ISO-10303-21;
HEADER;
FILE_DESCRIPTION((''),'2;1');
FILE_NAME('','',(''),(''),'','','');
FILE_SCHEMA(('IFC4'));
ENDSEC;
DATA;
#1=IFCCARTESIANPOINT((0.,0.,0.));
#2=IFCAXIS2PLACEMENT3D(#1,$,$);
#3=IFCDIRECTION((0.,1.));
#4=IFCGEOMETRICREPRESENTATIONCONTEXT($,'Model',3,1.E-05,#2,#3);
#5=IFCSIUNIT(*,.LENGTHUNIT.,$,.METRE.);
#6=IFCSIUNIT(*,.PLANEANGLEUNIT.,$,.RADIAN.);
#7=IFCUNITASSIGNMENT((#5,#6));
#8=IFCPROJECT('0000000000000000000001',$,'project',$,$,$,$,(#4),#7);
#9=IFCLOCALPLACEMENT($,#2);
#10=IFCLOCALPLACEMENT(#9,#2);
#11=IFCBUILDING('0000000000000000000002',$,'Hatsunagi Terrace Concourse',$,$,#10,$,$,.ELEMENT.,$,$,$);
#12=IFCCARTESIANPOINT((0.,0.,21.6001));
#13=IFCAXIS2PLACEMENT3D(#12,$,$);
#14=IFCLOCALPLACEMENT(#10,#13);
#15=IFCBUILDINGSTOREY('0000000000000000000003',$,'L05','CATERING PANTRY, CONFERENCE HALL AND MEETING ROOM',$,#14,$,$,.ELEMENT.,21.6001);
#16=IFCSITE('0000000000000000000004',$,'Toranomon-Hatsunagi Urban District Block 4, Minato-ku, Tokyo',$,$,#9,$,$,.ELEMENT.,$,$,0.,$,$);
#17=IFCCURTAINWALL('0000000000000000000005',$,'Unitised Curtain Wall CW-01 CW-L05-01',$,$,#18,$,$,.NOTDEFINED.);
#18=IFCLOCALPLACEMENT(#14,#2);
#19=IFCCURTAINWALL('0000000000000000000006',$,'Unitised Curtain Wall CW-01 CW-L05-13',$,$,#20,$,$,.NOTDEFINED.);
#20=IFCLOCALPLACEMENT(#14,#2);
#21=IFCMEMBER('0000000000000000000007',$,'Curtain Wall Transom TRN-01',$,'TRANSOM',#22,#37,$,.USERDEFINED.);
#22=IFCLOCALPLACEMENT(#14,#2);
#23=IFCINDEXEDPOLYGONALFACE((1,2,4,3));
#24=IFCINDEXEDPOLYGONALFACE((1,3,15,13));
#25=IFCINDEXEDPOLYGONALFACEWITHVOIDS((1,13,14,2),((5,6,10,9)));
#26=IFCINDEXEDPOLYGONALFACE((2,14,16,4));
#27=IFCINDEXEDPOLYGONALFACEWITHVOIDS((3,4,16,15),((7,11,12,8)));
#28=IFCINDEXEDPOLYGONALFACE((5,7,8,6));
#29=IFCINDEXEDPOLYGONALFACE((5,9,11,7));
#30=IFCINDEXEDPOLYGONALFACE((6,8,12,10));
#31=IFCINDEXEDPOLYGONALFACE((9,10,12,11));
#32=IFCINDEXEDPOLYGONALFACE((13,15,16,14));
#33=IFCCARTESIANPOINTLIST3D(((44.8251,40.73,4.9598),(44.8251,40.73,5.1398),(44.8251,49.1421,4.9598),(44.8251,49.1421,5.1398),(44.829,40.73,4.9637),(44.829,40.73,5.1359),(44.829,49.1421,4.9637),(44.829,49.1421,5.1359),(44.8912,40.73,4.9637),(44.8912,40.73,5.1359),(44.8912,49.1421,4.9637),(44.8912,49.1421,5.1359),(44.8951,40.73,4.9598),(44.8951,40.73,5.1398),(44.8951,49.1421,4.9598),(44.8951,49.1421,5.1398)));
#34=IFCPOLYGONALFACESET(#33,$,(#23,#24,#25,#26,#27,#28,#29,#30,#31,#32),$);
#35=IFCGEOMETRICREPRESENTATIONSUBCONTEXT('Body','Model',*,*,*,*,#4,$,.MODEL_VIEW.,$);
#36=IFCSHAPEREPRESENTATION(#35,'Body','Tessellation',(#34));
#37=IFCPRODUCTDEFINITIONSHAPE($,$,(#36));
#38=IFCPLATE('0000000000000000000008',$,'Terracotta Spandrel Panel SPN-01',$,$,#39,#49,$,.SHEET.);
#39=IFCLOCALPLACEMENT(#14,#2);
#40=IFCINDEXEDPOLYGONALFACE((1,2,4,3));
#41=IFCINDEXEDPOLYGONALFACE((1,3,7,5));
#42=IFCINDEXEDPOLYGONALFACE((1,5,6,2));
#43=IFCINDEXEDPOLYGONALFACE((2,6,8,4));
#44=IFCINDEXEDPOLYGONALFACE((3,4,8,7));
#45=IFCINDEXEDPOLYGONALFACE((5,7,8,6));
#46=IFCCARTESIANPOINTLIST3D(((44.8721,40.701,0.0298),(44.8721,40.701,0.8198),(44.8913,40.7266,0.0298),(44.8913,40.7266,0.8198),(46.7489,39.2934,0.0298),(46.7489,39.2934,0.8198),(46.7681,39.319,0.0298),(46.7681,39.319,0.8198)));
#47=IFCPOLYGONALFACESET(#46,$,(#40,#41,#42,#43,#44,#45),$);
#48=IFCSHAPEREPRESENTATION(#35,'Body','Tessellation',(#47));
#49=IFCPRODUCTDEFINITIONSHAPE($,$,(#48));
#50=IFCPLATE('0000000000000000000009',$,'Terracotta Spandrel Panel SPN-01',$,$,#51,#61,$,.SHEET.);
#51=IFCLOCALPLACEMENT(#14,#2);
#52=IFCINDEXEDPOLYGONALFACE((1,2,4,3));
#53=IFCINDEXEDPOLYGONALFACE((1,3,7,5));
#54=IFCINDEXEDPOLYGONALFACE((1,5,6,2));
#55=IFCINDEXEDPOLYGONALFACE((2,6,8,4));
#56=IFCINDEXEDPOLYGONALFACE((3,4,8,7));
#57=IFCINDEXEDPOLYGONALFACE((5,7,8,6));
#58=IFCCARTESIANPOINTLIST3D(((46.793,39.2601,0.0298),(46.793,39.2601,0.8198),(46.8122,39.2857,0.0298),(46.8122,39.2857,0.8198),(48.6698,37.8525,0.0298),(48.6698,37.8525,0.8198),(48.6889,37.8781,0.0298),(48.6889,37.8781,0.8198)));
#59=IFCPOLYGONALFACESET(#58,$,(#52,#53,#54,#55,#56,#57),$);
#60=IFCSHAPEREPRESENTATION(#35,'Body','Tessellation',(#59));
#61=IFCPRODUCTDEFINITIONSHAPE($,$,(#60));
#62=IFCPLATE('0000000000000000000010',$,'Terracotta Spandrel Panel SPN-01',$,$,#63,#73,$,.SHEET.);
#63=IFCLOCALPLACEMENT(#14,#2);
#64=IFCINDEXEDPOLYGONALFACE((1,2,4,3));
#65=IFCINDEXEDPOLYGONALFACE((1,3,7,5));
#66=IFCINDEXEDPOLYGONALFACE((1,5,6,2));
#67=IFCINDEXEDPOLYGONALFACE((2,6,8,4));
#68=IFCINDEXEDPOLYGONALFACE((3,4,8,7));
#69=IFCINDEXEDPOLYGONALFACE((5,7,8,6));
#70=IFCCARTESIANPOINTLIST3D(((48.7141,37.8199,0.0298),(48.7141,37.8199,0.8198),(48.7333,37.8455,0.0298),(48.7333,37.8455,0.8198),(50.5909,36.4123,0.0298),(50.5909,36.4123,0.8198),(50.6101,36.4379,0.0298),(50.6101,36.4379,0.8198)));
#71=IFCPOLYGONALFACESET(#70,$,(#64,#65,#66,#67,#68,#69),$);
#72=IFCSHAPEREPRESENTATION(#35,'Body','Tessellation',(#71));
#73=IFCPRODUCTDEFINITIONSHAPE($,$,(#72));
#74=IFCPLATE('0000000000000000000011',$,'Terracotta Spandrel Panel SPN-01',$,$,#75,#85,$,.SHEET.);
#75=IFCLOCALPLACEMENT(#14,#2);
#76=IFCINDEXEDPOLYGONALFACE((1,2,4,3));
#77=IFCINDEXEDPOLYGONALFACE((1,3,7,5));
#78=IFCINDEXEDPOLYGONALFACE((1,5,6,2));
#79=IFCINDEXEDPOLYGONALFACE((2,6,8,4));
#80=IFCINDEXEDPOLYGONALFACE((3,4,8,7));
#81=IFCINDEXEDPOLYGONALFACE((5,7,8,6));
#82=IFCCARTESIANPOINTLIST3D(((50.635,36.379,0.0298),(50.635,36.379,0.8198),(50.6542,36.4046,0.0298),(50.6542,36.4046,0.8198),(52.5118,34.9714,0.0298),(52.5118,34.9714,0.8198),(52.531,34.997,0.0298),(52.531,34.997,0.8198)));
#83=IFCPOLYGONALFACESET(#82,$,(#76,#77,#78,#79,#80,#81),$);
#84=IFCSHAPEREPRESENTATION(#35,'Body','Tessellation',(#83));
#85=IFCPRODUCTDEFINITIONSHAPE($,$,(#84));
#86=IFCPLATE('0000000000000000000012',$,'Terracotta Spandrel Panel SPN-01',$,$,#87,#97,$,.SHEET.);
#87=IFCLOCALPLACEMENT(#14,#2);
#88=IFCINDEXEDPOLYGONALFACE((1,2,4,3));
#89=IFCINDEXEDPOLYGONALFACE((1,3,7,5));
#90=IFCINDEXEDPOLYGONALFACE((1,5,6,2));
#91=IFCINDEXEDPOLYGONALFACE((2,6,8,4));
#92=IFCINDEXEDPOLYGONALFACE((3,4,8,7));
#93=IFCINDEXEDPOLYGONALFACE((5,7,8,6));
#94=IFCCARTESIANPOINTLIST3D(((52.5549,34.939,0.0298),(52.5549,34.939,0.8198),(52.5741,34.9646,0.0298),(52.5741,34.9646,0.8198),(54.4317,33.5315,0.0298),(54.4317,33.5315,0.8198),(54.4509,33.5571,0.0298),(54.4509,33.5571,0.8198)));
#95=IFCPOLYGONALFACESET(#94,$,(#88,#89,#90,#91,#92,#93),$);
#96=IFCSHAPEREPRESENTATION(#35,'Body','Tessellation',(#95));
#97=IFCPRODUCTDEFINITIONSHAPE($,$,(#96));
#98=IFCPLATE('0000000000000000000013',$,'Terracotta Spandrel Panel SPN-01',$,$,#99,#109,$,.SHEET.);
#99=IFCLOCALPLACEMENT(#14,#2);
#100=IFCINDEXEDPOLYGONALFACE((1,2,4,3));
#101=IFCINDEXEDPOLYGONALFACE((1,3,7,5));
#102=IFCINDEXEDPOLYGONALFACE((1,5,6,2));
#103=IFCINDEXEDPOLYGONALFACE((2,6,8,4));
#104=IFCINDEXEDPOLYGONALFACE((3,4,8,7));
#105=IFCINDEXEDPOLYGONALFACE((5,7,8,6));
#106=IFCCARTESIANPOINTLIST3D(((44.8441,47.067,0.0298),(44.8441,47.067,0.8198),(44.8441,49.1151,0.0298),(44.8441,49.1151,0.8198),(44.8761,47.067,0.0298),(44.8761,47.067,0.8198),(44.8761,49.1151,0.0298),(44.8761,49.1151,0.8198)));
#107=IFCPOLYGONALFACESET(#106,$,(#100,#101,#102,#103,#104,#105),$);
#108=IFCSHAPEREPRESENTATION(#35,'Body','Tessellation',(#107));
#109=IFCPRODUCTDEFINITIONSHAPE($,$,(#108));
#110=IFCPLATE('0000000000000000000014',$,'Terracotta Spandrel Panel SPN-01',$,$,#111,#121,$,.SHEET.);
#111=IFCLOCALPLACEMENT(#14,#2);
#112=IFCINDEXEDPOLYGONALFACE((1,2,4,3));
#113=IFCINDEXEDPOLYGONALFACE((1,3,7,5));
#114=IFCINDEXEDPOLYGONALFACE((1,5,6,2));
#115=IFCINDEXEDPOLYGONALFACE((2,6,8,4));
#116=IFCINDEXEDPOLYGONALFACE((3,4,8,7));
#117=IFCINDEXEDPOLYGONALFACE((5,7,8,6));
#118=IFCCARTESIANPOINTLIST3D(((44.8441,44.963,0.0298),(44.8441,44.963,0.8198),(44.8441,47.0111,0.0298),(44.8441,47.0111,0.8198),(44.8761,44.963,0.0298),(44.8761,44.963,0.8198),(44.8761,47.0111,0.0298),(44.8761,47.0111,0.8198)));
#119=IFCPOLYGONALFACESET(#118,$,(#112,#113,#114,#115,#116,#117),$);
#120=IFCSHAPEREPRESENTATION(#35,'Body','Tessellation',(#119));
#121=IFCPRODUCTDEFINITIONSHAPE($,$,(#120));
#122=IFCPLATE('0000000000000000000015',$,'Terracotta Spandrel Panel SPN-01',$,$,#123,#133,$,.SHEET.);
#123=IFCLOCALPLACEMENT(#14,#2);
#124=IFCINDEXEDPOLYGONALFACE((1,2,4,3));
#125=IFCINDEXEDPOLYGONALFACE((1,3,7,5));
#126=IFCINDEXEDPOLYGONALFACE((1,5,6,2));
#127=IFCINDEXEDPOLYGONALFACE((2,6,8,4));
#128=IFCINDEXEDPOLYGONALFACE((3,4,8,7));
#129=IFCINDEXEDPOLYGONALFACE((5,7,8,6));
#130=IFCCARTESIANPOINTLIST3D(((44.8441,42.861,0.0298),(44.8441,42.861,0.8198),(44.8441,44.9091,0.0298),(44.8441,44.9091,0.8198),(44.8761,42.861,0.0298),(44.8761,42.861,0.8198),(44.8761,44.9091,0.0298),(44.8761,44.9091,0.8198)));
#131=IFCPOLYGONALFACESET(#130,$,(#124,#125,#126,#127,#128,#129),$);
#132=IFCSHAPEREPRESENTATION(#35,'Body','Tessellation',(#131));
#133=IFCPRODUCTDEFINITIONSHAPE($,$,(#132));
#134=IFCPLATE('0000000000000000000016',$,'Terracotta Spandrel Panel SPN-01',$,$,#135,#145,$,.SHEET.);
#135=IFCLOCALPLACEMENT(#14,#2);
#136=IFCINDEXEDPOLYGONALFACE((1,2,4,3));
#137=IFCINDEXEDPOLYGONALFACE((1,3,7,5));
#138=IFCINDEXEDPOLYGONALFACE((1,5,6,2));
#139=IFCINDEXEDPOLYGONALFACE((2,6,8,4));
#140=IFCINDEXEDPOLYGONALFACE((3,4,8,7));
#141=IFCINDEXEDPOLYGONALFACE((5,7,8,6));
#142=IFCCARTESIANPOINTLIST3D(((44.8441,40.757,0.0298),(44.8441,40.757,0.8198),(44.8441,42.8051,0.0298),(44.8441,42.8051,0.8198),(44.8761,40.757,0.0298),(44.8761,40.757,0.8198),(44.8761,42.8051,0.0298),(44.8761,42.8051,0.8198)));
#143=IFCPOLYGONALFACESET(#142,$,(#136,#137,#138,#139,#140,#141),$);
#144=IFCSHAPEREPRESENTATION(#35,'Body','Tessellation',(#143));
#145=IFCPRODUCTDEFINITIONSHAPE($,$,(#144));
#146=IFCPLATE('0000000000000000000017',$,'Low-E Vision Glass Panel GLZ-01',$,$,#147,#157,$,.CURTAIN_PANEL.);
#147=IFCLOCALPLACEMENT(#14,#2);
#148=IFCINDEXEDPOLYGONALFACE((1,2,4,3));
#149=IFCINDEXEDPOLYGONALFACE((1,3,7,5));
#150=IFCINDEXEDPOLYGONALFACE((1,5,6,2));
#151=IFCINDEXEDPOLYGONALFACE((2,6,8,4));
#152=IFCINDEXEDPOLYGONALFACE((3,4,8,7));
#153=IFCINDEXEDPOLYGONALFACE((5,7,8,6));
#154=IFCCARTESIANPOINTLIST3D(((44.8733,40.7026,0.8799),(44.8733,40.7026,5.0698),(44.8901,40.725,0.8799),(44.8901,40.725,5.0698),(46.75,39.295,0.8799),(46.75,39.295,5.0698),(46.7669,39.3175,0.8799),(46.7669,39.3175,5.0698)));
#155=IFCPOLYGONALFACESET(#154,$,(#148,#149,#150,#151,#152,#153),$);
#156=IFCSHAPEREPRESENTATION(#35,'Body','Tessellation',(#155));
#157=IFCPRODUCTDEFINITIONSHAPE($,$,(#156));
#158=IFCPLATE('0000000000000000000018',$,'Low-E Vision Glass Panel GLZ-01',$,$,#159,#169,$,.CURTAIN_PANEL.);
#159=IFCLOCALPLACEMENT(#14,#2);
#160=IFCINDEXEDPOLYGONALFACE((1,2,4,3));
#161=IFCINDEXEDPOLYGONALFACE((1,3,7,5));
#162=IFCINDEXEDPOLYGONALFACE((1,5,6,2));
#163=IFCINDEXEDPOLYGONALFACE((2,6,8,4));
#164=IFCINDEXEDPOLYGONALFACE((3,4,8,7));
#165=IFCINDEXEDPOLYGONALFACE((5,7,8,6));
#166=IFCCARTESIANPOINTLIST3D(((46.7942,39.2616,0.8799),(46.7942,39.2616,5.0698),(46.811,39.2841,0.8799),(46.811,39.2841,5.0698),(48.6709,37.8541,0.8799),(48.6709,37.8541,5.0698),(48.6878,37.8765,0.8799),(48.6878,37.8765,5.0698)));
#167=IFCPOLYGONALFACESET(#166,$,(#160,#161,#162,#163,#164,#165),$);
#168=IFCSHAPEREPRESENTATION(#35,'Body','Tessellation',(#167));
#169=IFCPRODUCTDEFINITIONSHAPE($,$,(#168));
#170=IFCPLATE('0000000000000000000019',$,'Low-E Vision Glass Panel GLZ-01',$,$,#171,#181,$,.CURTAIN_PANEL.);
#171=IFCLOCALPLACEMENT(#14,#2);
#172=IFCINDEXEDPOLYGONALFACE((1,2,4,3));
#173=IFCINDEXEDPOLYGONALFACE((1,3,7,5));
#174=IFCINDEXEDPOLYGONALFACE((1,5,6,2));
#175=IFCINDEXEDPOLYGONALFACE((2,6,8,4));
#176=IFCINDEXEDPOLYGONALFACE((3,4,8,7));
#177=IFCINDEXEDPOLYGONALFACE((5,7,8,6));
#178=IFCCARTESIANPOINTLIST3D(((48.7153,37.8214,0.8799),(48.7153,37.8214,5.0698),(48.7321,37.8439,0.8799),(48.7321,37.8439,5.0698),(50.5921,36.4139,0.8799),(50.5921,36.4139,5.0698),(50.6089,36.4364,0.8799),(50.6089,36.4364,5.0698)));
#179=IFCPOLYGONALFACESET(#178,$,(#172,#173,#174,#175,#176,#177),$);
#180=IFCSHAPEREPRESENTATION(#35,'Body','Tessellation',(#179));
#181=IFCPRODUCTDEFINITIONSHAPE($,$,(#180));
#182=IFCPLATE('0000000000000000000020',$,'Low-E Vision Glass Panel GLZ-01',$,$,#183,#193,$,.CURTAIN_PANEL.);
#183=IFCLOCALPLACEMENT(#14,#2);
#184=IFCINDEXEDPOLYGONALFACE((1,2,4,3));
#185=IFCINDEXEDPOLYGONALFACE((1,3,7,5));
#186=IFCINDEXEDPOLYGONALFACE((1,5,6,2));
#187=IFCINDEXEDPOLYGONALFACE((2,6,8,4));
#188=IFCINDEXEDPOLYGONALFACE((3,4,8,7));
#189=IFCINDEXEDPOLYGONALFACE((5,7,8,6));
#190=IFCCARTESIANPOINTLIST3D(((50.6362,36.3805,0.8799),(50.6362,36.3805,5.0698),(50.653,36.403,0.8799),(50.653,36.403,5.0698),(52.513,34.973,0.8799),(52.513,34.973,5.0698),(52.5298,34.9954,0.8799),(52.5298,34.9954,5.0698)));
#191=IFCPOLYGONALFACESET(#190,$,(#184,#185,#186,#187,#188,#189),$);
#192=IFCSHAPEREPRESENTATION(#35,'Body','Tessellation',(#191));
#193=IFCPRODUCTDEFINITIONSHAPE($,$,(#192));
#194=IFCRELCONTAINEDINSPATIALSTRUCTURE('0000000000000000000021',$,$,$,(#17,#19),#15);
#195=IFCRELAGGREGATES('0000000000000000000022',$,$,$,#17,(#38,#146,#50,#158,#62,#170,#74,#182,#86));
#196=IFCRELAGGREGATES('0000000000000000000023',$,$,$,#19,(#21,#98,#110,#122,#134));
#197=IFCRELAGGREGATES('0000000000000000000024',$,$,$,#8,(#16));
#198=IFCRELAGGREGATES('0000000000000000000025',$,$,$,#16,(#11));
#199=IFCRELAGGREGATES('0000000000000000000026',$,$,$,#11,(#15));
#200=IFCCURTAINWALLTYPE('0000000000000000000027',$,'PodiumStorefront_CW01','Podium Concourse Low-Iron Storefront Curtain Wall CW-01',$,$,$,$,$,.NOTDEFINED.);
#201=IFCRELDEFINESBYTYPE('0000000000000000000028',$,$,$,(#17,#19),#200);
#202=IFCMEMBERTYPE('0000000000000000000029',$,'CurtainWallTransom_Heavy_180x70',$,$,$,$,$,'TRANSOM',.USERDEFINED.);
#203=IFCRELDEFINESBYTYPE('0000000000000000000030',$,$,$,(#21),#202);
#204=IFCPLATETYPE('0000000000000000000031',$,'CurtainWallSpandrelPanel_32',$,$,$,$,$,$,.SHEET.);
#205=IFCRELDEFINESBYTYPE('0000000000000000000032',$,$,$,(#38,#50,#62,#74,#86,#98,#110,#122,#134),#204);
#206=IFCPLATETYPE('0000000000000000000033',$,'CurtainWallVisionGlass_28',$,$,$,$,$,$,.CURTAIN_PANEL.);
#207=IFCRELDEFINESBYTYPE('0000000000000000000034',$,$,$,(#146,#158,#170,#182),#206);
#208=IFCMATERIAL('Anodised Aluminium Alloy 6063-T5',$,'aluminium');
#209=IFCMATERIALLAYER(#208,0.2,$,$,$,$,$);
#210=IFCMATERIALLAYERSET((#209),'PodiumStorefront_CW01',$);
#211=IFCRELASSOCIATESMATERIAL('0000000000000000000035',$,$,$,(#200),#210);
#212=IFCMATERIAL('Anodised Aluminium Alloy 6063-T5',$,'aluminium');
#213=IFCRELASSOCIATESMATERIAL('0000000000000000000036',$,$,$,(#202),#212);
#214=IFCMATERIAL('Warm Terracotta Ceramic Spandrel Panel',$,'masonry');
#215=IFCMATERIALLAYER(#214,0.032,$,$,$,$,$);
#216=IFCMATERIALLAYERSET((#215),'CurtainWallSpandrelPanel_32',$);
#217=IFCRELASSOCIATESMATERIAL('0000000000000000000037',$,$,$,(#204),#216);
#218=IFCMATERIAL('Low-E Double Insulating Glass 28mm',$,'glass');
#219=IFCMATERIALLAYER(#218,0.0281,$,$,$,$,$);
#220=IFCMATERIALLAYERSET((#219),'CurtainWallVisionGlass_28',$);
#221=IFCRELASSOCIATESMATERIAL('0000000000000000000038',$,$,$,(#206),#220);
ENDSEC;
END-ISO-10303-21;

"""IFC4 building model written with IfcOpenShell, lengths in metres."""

from ifc_helpers import new_model, si_unit, direction, frame, origin, origin_2d, place, context, subcontext, project, spatial, rectangle, hollow_rectangle, extrude, material, layer, layer_set, material_profile, profile_set, type_object, element, aggregate, save


model = new_model("IFC4")

# Units and contexts
model_context = context("Model", 3, precision=1e-05, world=origin(), true_north=direction((0.0, 1.0)))
body_context = subcontext(model_context, "Body", "Model", "MODEL_VIEW")
ifc_project = project(units=[si_unit("LENGTHUNIT", "METRE"), si_unit("PLANEANGLEUNIT", "RADIAN")], contexts=[model_context])

# Site, building, storey
site_placement = place(None, origin())
site = spatial("IfcSite", under=ifc_project, at=site_placement, Name="Toranomon-Hatsunagi Urban District Block 4, Minato-ku, Tokyo", CompositionType="ELEMENT", RefElevation=0.0)
building_placement = place(site_placement, origin())
building = spatial("IfcBuilding", under=site, at=building_placement, Name="Hatsunagi Terrace Concourse", CompositionType="ELEMENT")
storey_placement = place(building_placement, frame((0.0, 0.0, 21.6001)))
storey = spatial("IfcBuildingStorey", under=building, at=storey_placement, Name="L05", Description="CATERING PANTRY, CONFERENCE HALL AND MEETING ROOM", CompositionType="ELEMENT", Elevation=21.6001)

# Curtain walls
ifc_material_1 = material(Name="Anodised Aluminium Alloy 6063-T5", Category="aluminium")
ifc_layer_1 = layer(ifc_material_1, 0.2)
ifc_layer_set_1 = layer_set([ifc_layer_1], Name="PodiumStorefront_CW01")
curtain_wall_type = type_object("IfcCurtainWallType", Name="PodiumStorefront_CW01", Description="Podium Concourse Low-Iron Storefront Curtain Wall CW-01", PredefinedType="NOTDEFINED", material=ifc_layer_set_1)
curtain_wall_1_placement = place(storey_placement, origin())
curtain_wall_1 = element("IfcCurtainWall", 1, at=curtain_wall_1_placement, inside=storey, type_object=curtain_wall_type, Name="Unitised Curtain Wall CW-01 CW-L05-01", PredefinedType="NOTDEFINED")
curtain_wall_2_placement = place(storey_placement, origin())
curtain_wall_2 = element("IfcCurtainWall", 2, at=curtain_wall_2_placement, inside=storey, type_object=curtain_wall_type, Name="Unitised Curtain Wall CW-01 CW-L05-13", PredefinedType="NOTDEFINED")

# Member
ifc_material_2 = material(Name="Anodised Aluminium Alloy 6063-T5", Category="aluminium")
ifc_material_profile_1 = material_profile(ifc_material_2, hollow_rectangle(XDim=0.0701, YDim=0.1799, WallThickness=0.0039, at=origin_2d()), Name="ALU-TRN-180x70x4")
ifc_profile_set_1 = profile_set([ifc_material_profile_1], Name="Anodised Aluminium Alloy 6063-T5")
member_type_1 = type_object("IfcMemberType", Name="CurtainWallTransom_Heavy_180x70", ElementType="TRANSOM", PredefinedType="USERDEFINED", material=ifc_profile_set_1)
member_1_placement = place(storey_placement, frame((44.8601, 49.1421, 5.0498), z_axis=(0.0, -1.0, 0.0), x_axis=(1.0, 0.0, 0.0)))
member_1 = element("IfcMember", 3, at=member_1_placement, type_object=member_type_1, Name="Curtain Wall Transom TRN-01", ObjectType="TRANSOM", PredefinedType="USERDEFINED", context=body_context, shape_type="SweptSolid", body=[
    extrude(hollow_rectangle(XDim=0.0701, YDim=0.1799, WallThickness=0.0039, at=origin_2d()), origin(), (0.0, 0.0, 1.0), 8.4121),
])

# Plates
ifc_material_3 = material(Name="Warm Terracotta Ceramic Spandrel Panel", Category="masonry")
ifc_layer_2 = layer(ifc_material_3, 0.032)
ifc_layer_set_2 = layer_set([ifc_layer_2], Name="CurtainWallSpandrelPanel_32")
plate_type_1 = type_object("IfcPlateType", Name="CurtainWallSpandrelPanel_32", PredefinedType="SHEET", material=ifc_layer_set_2)
plate_1_placement = place(storey_placement, frame((45.8201, 40.01, 0.0298), z_axis=(0.0, 0.0, 1.0), x_axis=(0.800007, -0.59999, 0.0)))
plate_1 = element("IfcPlate", 4, at=plate_1_placement, type_object=plate_type_1, Name="Terracotta Spandrel Panel SPN-01", PredefinedType="SHEET", context=body_context, shape_type="SweptSolid", body=[
    extrude(rectangle(XDim=2.3459, YDim=0.032, at=origin_2d()), origin(), (0.0, 0.0, 1.0), 0.79),
])
plate_2_placement = place(storey_placement, frame((47.741, 38.5691, 0.0298), z_axis=(0.0, 0.0, 1.0), x_axis=(0.800007, -0.59999, 0.0)))
plate_2 = element("IfcPlate", 5, at=plate_2_placement, type_object=plate_type_1, Name="Terracotta Spandrel Panel SPN-01", PredefinedType="SHEET", context=body_context, shape_type="SweptSolid", body=[
    extrude(rectangle(XDim=2.3459, YDim=0.032, at=origin_2d()), origin(), (0.0, 0.0, 1.0), 0.79),
])
plate_3_placement = place(storey_placement, frame((49.6621, 37.1289, 0.0298), z_axis=(0.0, 0.0, 1.0), x_axis=(0.800007, -0.59999, 0.0)))
plate_3 = element("IfcPlate", 6, at=plate_3_placement, type_object=plate_type_1, Name="Terracotta Spandrel Panel SPN-01", PredefinedType="SHEET", context=body_context, shape_type="SweptSolid", body=[
    extrude(rectangle(XDim=2.3459, YDim=0.032, at=origin_2d()), origin(), (0.0, 0.0, 1.0), 0.79),
])
plate_4_placement = place(storey_placement, frame((51.583, 35.688, 0.0298), z_axis=(0.0, 0.0, 1.0), x_axis=(0.800007, -0.59999, 0.0)))
plate_4 = element("IfcPlate", 7, at=plate_4_placement, type_object=plate_type_1, Name="Terracotta Spandrel Panel SPN-01", PredefinedType="SHEET", context=body_context, shape_type="SweptSolid", body=[
    extrude(rectangle(XDim=2.3459, YDim=0.032, at=origin_2d()), origin(), (0.0, 0.0, 1.0), 0.79),
])
plate_5_placement = place(storey_placement, frame((53.5029, 34.248, 0.0298), z_axis=(0.0, 0.0, 1.0), x_axis=(0.800007, -0.59999, 0.0)))
plate_5 = element("IfcPlate", 8, at=plate_5_placement, type_object=plate_type_1, Name="Terracotta Spandrel Panel SPN-01", PredefinedType="SHEET", context=body_context, shape_type="SweptSolid", body=[
    extrude(rectangle(XDim=2.3459, YDim=0.032, at=origin_2d()), origin(), (0.0, 0.0, 1.0), 0.79),
])
plate_6_placement = place(storey_placement, frame((44.8601, 48.0911, 0.0298), z_axis=(0.0, 0.0, 1.0), x_axis=(0.0, -1.0, 0.0)))
plate_6 = element("IfcPlate", 9, at=plate_6_placement, type_object=plate_type_1, Name="Terracotta Spandrel Panel SPN-01", PredefinedType="SHEET", context=body_context, shape_type="SweptSolid", body=[
    extrude(rectangle(XDim=2.0481, YDim=0.032, at=origin_2d()), origin(), (0.0, 0.0, 1.0), 0.79),
])
plate_7_placement = place(storey_placement, frame((44.8601, 45.9871, 0.0298), z_axis=(0.0, 0.0, 1.0), x_axis=(0.0, -1.0, 0.0)))
plate_7 = element("IfcPlate", 10, at=plate_7_placement, type_object=plate_type_1, Name="Terracotta Spandrel Panel SPN-01", PredefinedType="SHEET", context=body_context, shape_type="SweptSolid", body=[
    extrude(rectangle(XDim=2.0481, YDim=0.032, at=origin_2d()), origin(), (0.0, 0.0, 1.0), 0.79),
])
plate_8_placement = place(storey_placement, frame((44.8601, 43.885, 0.0298), z_axis=(0.0, 0.0, 1.0), x_axis=(0.0, -1.0, 0.0)))
plate_8 = element("IfcPlate", 11, at=plate_8_placement, type_object=plate_type_1, Name="Terracotta Spandrel Panel SPN-01", PredefinedType="SHEET", context=body_context, shape_type="SweptSolid", body=[
    extrude(rectangle(XDim=2.0481, YDim=0.032, at=origin_2d()), origin(), (0.0, 0.0, 1.0), 0.79),
])
plate_9_placement = place(storey_placement, frame((44.8601, 41.781, 0.0298), z_axis=(0.0, 0.0, 1.0), x_axis=(0.0, -1.0, 0.0)))
plate_9 = element("IfcPlate", 12, at=plate_9_placement, type_object=plate_type_1, Name="Terracotta Spandrel Panel SPN-01", PredefinedType="SHEET", context=body_context, shape_type="SweptSolid", body=[
    extrude(rectangle(XDim=2.0481, YDim=0.032, at=origin_2d()), origin(), (0.0, 0.0, 1.0), 0.79),
])
ifc_material_4 = material(Name="Low-E Double Insulating Glass 28mm", Category="glass")
ifc_layer_3 = layer(ifc_material_4, 0.0281)
ifc_layer_set_3 = layer_set([ifc_layer_3], Name="CurtainWallVisionGlass_28")
plate_type_2 = type_object("IfcPlateType", Name="CurtainWallVisionGlass_28", PredefinedType="CURTAIN_PANEL", material=ifc_layer_set_3)
plate_10_placement = place(storey_placement, frame((45.8201, 40.01, 0.8799), z_axis=(0.0, 0.0, 1.0), x_axis=(0.800007, -0.59999, 0.0)))
plate_10 = element("IfcPlate", 13, at=plate_10_placement, type_object=plate_type_2, Name="Low-E Vision Glass Panel GLZ-01", PredefinedType="CURTAIN_PANEL", context=body_context, shape_type="SweptSolid", body=[
    extrude(rectangle(XDim=2.3459, YDim=0.0281, at=origin_2d()), origin(), (0.0, 0.0, 1.0), 4.1899),
])
plate_11_placement = place(storey_placement, frame((47.741, 38.5691, 0.8799), z_axis=(0.0, 0.0, 1.0), x_axis=(0.800007, -0.59999, 0.0)))
plate_11 = element("IfcPlate", 14, at=plate_11_placement, type_object=plate_type_2, Name="Low-E Vision Glass Panel GLZ-01", PredefinedType="CURTAIN_PANEL", context=body_context, shape_type="SweptSolid", body=[
    extrude(rectangle(XDim=2.3459, YDim=0.0281, at=origin_2d()), origin(), (0.0, 0.0, 1.0), 4.1899),
])
plate_12_placement = place(storey_placement, frame((49.6621, 37.1289, 0.8799), z_axis=(0.0, 0.0, 1.0), x_axis=(0.800007, -0.59999, 0.0)))
plate_12 = element("IfcPlate", 15, at=plate_12_placement, type_object=plate_type_2, Name="Low-E Vision Glass Panel GLZ-01", PredefinedType="CURTAIN_PANEL", context=body_context, shape_type="SweptSolid", body=[
    extrude(rectangle(XDim=2.3459, YDim=0.0281, at=origin_2d()), origin(), (0.0, 0.0, 1.0), 4.1899),
])
plate_13_placement = place(storey_placement, frame((51.583, 35.688, 0.8799), z_axis=(0.0, 0.0, 1.0), x_axis=(0.800007, -0.59999, 0.0)))
plate_13 = element("IfcPlate", 16, at=plate_13_placement, type_object=plate_type_2, Name="Low-E Vision Glass Panel GLZ-01", PredefinedType="CURTAIN_PANEL", context=body_context, shape_type="SweptSolid", body=[
    extrude(rectangle(XDim=2.3459, YDim=0.0281, at=origin_2d()), origin(), (0.0, 0.0, 1.0), 4.1899),
])
aggregate(curtain_wall_1, [plate_1, plate_10, plate_2, plate_11, plate_3, plate_12, plate_4, plate_13, plate_5])
aggregate(curtain_wall_2, [member_1, plate_6, plate_7, plate_8, plate_9])

save(model, "model.ifc")
